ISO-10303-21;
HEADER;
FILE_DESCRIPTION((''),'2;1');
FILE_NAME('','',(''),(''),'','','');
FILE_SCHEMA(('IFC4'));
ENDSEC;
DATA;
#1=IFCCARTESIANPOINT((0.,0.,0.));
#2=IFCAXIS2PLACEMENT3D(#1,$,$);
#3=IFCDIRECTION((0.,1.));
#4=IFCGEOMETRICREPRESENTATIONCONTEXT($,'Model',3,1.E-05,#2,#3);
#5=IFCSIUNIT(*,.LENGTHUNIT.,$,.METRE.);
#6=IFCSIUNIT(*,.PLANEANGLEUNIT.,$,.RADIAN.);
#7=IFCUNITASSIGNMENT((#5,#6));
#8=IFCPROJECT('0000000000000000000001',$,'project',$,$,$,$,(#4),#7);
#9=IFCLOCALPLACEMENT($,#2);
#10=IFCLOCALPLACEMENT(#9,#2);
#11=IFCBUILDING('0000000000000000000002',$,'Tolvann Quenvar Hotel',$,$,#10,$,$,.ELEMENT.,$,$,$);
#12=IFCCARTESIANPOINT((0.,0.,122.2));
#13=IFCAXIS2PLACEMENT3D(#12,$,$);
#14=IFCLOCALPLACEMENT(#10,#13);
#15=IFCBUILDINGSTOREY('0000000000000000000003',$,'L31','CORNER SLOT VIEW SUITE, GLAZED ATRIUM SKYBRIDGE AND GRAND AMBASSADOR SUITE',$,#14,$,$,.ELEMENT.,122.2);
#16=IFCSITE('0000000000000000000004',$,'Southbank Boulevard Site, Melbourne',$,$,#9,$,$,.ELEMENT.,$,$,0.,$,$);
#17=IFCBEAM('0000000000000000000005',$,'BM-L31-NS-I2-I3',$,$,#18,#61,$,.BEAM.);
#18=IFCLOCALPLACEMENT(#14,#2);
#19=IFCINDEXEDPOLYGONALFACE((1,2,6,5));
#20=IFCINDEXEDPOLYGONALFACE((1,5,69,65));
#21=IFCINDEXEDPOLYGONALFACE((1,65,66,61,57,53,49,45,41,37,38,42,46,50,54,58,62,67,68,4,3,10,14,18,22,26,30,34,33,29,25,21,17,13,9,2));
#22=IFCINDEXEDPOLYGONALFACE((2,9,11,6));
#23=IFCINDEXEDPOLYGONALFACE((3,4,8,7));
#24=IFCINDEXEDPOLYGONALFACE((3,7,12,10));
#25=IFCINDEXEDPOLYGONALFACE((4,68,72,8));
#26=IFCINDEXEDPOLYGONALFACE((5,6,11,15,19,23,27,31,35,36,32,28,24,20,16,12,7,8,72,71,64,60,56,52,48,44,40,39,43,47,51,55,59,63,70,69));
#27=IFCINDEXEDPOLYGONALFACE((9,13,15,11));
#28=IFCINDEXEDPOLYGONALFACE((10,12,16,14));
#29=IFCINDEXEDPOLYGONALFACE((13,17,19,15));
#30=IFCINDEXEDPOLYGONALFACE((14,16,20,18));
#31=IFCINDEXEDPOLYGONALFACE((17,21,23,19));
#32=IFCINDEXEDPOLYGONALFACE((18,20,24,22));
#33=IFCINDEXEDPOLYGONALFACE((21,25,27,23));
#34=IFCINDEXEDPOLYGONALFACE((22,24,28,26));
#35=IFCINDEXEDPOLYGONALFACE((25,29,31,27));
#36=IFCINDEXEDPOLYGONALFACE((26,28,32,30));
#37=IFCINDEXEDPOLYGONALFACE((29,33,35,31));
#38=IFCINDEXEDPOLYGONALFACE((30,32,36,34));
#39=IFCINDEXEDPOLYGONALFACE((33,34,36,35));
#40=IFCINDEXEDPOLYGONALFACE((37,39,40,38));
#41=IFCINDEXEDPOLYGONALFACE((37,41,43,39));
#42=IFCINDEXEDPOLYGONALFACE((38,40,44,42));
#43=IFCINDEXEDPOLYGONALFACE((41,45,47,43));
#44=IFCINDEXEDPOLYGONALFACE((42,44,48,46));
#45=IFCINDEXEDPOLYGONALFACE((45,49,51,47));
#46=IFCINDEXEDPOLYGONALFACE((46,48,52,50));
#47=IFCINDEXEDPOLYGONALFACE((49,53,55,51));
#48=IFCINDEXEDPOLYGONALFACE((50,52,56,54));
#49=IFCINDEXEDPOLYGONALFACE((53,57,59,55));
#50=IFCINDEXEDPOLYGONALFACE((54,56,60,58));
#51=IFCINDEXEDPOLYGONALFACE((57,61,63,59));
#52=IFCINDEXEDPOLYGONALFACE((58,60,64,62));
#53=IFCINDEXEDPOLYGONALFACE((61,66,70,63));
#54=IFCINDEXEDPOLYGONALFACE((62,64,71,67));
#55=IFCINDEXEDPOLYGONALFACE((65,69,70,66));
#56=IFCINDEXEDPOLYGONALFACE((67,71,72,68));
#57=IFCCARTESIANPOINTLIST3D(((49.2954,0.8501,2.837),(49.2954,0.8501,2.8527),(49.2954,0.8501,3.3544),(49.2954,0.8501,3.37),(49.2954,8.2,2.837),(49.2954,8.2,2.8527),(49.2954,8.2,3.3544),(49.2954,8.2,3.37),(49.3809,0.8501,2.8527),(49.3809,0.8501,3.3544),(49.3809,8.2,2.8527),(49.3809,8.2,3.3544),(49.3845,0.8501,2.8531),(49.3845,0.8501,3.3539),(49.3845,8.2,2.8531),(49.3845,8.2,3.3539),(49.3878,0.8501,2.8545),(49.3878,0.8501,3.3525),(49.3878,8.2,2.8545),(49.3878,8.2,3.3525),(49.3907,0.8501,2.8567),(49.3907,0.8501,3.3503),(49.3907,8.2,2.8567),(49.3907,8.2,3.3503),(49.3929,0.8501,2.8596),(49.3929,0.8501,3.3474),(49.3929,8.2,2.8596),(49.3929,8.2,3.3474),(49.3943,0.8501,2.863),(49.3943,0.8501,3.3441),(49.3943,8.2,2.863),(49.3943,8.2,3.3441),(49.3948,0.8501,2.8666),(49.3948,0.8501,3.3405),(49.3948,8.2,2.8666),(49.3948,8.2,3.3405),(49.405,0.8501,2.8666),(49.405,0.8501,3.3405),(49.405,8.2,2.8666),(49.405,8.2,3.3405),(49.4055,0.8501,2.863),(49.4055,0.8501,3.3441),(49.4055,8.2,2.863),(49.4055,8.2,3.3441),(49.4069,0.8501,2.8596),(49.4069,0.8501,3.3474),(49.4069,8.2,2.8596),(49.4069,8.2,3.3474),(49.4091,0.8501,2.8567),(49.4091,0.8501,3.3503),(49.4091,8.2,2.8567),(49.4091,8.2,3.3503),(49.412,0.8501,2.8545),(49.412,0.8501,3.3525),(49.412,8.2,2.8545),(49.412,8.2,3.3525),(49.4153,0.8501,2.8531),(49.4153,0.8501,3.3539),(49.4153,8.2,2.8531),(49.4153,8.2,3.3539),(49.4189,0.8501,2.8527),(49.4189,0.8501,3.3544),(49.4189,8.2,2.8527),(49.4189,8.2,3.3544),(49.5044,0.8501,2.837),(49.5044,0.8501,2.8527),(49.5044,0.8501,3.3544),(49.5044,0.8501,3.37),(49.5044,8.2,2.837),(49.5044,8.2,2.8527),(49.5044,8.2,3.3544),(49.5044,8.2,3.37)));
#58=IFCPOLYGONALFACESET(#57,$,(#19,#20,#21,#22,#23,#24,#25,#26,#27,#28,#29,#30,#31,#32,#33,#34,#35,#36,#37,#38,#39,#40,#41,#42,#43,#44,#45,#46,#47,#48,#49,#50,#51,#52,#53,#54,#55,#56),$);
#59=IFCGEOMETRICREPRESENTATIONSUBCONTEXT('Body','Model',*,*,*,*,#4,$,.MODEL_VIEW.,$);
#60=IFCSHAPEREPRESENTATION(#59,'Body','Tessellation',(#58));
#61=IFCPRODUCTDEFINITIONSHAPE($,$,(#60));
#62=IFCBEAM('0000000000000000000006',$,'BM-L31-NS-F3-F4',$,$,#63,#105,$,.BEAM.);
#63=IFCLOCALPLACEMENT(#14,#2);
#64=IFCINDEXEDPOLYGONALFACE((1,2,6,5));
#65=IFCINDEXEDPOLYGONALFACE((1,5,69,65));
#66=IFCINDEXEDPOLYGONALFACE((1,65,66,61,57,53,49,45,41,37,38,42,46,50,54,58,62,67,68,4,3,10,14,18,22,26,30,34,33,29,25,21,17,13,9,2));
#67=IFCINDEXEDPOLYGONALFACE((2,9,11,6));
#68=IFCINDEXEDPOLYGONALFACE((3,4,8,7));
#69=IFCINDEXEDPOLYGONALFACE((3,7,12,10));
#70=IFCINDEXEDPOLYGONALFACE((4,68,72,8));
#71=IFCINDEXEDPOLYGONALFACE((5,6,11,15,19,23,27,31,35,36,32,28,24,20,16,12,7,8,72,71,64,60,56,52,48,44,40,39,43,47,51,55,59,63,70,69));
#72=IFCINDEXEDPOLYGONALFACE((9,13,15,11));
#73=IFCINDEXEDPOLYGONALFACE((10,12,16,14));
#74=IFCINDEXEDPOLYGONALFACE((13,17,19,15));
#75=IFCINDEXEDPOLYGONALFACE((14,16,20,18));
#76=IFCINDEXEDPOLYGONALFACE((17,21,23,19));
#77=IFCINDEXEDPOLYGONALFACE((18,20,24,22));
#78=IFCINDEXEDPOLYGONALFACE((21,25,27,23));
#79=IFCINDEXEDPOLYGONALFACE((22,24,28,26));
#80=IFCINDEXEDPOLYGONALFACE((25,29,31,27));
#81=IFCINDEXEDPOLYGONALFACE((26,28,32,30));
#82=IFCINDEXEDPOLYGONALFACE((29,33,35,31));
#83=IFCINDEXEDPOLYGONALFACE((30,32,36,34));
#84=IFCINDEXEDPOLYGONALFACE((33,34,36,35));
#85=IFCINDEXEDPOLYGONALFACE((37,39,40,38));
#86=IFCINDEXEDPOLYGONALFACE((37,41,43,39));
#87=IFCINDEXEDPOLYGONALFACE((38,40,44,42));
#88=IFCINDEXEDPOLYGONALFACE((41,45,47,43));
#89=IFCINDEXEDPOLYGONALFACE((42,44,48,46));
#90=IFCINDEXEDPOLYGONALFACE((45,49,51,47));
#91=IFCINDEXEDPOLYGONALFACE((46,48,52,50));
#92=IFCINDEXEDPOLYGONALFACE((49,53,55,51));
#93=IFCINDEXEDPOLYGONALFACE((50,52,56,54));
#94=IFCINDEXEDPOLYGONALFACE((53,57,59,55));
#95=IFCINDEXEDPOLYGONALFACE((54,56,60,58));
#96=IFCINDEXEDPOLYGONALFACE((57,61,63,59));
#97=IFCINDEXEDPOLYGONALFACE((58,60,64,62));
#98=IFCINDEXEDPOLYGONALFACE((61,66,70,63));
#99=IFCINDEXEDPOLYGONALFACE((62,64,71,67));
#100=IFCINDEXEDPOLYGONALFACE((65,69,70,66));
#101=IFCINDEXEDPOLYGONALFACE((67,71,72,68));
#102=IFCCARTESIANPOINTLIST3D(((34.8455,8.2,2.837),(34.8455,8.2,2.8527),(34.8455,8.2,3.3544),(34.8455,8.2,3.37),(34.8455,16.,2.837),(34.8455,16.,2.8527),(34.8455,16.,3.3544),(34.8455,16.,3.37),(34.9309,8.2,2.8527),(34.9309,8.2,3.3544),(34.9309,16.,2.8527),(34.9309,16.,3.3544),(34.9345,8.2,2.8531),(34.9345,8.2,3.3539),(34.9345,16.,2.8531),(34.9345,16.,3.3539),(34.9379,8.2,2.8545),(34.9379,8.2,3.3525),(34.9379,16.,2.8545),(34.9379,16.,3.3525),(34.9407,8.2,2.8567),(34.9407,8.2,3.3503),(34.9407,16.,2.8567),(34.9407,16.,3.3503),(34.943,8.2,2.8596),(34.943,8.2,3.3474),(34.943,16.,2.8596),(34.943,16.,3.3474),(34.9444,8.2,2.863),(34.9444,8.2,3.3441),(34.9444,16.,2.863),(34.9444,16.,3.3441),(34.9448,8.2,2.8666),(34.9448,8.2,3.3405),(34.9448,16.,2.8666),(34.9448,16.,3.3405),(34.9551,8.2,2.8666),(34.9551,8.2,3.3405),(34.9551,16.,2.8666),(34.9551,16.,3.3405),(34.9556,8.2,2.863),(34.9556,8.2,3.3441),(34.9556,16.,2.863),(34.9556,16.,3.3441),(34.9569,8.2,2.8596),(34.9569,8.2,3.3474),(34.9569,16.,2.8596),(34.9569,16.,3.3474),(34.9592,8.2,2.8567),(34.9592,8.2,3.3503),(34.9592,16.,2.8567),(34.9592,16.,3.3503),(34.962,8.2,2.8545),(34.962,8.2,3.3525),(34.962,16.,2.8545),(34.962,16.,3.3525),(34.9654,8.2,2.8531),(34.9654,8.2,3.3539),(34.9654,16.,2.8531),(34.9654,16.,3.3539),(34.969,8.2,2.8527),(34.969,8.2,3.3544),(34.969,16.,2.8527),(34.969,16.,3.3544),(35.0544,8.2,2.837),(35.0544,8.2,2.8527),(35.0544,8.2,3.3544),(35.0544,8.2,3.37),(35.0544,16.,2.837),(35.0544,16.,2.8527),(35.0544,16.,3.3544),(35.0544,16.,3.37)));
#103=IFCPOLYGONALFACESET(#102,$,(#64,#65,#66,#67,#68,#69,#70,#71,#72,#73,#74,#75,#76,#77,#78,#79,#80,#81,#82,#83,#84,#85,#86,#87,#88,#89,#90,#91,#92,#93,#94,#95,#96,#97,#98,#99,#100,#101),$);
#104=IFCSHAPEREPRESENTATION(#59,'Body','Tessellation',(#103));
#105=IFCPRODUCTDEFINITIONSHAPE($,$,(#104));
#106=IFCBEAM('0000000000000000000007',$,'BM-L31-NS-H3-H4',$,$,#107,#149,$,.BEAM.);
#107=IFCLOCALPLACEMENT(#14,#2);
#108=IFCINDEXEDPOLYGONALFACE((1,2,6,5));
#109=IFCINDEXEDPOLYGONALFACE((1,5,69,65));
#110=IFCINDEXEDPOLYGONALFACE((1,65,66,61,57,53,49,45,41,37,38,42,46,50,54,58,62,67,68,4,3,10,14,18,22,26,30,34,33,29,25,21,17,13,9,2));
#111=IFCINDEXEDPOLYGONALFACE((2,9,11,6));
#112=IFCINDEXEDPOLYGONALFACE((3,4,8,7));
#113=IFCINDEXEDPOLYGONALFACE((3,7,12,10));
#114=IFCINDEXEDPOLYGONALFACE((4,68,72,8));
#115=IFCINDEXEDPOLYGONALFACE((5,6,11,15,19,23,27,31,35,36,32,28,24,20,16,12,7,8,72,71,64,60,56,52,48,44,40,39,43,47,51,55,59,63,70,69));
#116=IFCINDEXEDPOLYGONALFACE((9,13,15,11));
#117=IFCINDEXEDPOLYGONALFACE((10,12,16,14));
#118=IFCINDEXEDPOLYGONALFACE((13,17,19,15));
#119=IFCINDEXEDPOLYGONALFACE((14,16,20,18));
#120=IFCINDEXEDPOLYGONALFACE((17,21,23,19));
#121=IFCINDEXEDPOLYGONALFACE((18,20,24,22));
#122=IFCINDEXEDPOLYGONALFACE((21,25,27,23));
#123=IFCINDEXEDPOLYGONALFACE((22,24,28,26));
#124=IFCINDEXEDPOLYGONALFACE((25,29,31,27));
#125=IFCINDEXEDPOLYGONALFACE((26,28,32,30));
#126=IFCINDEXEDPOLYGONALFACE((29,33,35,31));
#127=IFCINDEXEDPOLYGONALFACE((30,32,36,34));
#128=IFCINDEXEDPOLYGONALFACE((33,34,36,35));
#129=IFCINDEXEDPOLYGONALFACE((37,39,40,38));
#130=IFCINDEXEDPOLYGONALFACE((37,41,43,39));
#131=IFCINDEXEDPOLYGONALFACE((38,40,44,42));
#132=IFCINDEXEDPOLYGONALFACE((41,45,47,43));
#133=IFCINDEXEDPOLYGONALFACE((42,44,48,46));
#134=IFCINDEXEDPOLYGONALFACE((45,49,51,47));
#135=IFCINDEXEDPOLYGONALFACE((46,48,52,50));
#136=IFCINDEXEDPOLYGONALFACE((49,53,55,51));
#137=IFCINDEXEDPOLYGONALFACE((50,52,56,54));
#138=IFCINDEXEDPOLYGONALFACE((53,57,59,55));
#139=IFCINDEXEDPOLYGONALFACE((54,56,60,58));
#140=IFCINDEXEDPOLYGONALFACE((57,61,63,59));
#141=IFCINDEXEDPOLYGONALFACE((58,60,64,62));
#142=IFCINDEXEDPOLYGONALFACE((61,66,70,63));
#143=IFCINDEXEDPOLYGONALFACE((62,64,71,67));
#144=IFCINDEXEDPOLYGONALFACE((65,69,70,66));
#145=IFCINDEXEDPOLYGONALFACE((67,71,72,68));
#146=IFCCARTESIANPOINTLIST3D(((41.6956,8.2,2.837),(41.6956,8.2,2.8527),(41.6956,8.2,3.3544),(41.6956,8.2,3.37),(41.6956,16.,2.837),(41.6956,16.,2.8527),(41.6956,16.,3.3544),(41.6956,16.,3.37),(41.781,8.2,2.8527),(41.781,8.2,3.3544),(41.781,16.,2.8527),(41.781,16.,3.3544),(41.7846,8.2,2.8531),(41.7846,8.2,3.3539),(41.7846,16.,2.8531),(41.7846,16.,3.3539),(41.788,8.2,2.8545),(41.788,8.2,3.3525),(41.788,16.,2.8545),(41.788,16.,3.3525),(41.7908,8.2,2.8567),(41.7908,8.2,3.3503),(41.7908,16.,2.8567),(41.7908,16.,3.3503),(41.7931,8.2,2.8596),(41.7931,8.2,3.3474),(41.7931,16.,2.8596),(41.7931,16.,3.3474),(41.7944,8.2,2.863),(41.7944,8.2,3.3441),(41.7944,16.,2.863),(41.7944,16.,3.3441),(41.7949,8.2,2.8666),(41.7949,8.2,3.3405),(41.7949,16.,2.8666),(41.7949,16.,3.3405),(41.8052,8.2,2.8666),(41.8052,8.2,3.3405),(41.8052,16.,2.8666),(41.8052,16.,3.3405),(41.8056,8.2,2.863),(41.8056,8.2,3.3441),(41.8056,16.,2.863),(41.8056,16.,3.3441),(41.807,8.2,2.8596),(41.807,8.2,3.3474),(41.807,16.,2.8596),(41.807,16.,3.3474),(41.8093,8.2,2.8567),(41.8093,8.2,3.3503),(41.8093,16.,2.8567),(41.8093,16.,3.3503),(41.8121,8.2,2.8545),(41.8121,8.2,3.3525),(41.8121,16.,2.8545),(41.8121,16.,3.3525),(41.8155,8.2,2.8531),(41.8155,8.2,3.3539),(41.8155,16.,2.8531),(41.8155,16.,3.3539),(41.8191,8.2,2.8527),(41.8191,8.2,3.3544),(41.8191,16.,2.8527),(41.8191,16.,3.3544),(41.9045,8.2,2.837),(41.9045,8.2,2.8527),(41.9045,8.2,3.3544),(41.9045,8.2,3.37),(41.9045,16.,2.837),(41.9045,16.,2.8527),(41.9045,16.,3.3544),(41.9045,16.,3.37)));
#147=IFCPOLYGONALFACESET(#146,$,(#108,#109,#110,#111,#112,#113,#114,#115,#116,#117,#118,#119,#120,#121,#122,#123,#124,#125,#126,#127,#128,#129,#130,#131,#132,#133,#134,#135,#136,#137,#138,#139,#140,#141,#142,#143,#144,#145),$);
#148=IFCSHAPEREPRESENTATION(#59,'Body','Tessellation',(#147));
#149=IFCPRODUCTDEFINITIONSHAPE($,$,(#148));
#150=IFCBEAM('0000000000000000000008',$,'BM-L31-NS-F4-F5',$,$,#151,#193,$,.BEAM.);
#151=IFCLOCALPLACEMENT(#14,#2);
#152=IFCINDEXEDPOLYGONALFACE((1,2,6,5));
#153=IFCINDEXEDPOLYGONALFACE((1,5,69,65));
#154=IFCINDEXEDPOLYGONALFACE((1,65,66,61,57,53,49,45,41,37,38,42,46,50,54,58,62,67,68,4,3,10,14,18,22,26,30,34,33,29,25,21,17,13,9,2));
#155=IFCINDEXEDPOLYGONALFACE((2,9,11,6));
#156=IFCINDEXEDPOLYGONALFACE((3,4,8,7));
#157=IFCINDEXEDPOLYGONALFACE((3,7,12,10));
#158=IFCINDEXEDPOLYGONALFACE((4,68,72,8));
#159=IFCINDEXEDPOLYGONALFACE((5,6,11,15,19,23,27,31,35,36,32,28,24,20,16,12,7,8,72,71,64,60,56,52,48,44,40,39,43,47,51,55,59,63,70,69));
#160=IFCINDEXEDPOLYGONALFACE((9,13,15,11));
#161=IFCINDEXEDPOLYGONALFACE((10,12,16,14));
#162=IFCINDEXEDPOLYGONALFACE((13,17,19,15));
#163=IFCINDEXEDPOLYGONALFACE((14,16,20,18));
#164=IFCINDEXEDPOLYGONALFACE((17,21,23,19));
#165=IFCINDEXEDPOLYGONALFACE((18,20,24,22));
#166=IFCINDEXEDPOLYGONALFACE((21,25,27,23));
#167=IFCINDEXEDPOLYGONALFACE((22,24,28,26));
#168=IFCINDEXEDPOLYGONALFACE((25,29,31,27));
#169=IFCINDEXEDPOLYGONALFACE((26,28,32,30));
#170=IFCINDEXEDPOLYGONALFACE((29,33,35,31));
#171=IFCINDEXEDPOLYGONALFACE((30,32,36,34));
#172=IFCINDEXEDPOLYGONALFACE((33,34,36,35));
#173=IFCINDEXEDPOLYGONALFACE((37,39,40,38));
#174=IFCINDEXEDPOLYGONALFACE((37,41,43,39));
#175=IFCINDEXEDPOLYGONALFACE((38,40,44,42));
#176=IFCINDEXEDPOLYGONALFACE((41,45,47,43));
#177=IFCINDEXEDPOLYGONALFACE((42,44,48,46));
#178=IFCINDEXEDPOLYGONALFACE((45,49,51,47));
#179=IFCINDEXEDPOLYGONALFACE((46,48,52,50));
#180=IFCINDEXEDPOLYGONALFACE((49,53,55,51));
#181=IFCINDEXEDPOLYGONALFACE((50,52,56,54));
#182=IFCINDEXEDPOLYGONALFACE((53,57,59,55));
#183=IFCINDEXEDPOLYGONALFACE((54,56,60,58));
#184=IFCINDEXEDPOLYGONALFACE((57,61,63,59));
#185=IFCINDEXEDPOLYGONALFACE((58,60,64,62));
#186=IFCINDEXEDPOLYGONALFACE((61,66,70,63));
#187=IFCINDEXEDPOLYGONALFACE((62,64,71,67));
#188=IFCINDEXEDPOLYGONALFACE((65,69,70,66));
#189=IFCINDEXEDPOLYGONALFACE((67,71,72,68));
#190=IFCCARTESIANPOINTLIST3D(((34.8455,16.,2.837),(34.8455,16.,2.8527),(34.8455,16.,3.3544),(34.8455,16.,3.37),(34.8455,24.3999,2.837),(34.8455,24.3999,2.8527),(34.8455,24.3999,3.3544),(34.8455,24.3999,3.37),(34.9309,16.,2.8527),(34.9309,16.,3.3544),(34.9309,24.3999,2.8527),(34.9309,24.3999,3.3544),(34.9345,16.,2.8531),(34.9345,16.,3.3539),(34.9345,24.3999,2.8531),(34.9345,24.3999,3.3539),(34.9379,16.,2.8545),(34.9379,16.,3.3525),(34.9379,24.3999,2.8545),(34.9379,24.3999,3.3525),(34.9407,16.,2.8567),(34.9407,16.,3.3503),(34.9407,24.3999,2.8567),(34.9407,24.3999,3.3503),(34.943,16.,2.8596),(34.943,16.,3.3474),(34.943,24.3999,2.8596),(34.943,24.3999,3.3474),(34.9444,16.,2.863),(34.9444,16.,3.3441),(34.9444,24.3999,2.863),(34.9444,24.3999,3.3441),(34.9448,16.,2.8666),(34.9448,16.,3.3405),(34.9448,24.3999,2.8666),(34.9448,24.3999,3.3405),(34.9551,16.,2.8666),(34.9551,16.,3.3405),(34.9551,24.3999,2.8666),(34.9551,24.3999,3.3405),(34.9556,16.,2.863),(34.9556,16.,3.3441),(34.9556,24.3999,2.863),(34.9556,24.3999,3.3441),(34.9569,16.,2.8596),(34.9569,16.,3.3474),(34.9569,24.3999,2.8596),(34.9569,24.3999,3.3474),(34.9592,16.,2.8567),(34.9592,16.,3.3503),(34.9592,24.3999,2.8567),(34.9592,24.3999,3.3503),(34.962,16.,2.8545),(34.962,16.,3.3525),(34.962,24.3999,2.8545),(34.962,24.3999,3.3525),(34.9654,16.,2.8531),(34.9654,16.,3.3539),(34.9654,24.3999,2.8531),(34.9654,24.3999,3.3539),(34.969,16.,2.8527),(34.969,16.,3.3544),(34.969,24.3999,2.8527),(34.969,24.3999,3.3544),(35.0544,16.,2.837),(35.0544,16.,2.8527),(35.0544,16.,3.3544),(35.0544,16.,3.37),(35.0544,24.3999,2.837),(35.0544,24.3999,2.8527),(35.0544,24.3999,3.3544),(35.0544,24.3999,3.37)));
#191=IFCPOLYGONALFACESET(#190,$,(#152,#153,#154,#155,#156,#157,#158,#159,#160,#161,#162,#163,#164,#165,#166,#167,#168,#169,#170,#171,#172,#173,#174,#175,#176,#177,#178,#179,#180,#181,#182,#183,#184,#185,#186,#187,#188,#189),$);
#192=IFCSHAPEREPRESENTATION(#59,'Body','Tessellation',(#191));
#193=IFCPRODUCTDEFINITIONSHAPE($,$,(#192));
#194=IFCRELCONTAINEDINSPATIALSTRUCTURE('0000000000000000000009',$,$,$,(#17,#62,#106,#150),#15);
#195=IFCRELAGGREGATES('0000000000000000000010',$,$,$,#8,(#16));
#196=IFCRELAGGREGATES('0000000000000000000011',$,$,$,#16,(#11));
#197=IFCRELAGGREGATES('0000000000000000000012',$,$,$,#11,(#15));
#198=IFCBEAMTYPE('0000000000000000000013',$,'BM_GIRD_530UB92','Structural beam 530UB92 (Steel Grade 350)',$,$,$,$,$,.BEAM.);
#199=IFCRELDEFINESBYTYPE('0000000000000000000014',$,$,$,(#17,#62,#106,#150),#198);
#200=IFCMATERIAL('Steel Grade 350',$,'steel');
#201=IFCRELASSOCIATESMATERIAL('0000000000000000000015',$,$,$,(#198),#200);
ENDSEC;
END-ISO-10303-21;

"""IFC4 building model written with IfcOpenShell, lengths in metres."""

from ifc_helpers import new_model, si_unit, direction, frame, origin, origin_2d, place, context, subcontext, project, spatial, i_section, extrude, source, transform, mapped, material, material_profile, profile_set, type_object, type_shapes, element, save


model = new_model("IFC4")

# Units and contexts
model_context = context("Model", 3, precision=1e-05, world=origin(), true_north=direction((0.0, 1.0)))
body_context = subcontext(model_context, "Body", "Model", "MODEL_VIEW")
ifc_project = project(units=[si_unit("LENGTHUNIT", "METRE"), si_unit("PLANEANGLEUNIT", "RADIAN")], contexts=[model_context])

# Site, building, storey
site_placement = place(None, origin())
site = spatial("IfcSite", under=ifc_project, at=site_placement, Name="Southbank Boulevard Site, Melbourne", CompositionType="ELEMENT", RefElevation=0.0)
building_placement = place(site_placement, origin())
building = spatial("IfcBuilding", under=site, at=building_placement, Name="Tolvann Quenvar Hotel", CompositionType="ELEMENT")
storey_placement = place(building_placement, frame((0.0, 0.0, 122.2)))
storey = spatial("IfcBuildingStorey", under=building, at=storey_placement, Name="L31", Description="CORNER SLOT VIEW SUITE, GLAZED ATRIUM SKYBRIDGE AND GRAND AMBASSADOR SUITE", CompositionType="ELEMENT", Elevation=122.2)

# Shared definitions
ifc_material_1 = material(Name="Steel Grade 350", Category="steel")

# Beams
ifc_material_profile_1 = material_profile(ifc_material_1, i_section(OverallWidth=0.209, OverallDepth=0.533, WebThickness=0.0103, FlangeThickness=0.0156, FilletRadius=0.0139, at=origin_2d()), Name="530UB92")
ifc_profile_set_1 = profile_set([ifc_material_profile_1], Name="Steel Grade 350")
beam_type_1 = type_object("IfcBeamType", Name="BM_GIRD_530UB92", Description="Structural beam 530UB92 (Steel Grade 350)", PredefinedType="BEAM", material=ifc_profile_set_1)
shared_shape_1 = source(origin(), body_context, "Body", "SweptSolid", [
    extrude(i_section(OverallWidth=0.209, OverallDepth=0.533, WebThickness=0.0103, FlangeThickness=0.0156, FilletRadius=0.0139, at=origin_2d()), origin(), (0.0, 0.0, 1.0), 7.3499),
])
for number, where, z_axis, x_axis, name in (
    (1, (49.3999, 0.8501, 3.1035), (0.0, 1.0, 0.0), (-1.0, 0.0, 0.0), "BM-L31-NS-I2-I3"),
):
    element("IfcBeam", number, at=place(storey_placement, frame(where, z_axis=z_axis, x_axis=x_axis)), inside=storey, type_object=beam_type_1, Name=name, PredefinedType="BEAM", context=body_context, shape_type="MappedRepresentation", body=[
        mapped(shared_shape_1, transform((0.0, 0.0, 0.0), x_axis=(1.0, 0.0, 0.0), y_axis=(0.0, 1.0, 0.0), z_axis=(0.0, 0.0, 1.0), scale=1.0)),
    ])
shared_shape_2 = source(origin(), body_context, "Body", "SweptSolid", [
    extrude(i_section(OverallWidth=0.209, OverallDepth=0.533, WebThickness=0.0103, FlangeThickness=0.0156, FilletRadius=0.0139, at=origin_2d()), origin(), (0.0, 0.0, 1.0), 7.8),
])
for number, where, z_axis, x_axis, name in (
    (2, (34.95, 8.2, 3.1035), (0.0, 1.0, 0.0), (-1.0, 0.0, 0.0), "BM-L31-NS-F3-F4"),
    (3, (41.8, 8.2, 3.1035), (0.0, 1.0, 0.0), (-1.0, 0.0, 0.0), "BM-L31-NS-H3-H4"),
):
    element("IfcBeam", number, at=place(storey_placement, frame(where, z_axis=z_axis, x_axis=x_axis)), inside=storey, type_object=beam_type_1, Name=name, PredefinedType="BEAM", context=body_context, shape_type="MappedRepresentation", body=[
        mapped(shared_shape_2, transform((0.0, 0.0, 0.0), x_axis=(1.0, 0.0, 0.0), y_axis=(0.0, 1.0, 0.0), z_axis=(0.0, 0.0, 1.0), scale=1.0)),
    ])
shared_shape_3 = source(origin(), body_context, "Body", "SweptSolid", [
    extrude(i_section(OverallWidth=0.209, OverallDepth=0.533, WebThickness=0.0103, FlangeThickness=0.0156, FilletRadius=0.0139, at=origin_2d()), origin(), (0.0, 0.0, 1.0), 8.3999),
])
type_shapes(beam_type_1, [shared_shape_1, shared_shape_2, shared_shape_3])
beam_1_placement = place(storey_placement, frame((34.95, 16.0, 3.1035), z_axis=(0.0, 1.0, 0.0), x_axis=(-1.0, 0.0, 0.0)))
element("IfcBeam", 4, at=beam_1_placement, inside=storey, type_object=beam_type_1, Name="BM-L31-NS-F4-F5", PredefinedType="BEAM", context=body_context, shape_type="MappedRepresentation", body=[
    mapped(shared_shape_3, transform((0.0, 0.0, 0.0), x_axis=(1.0, 0.0, 0.0), y_axis=(0.0, 1.0, 0.0), z_axis=(0.0, 0.0, 1.0), scale=1.0)),
])

save(model, "model.ifc")
